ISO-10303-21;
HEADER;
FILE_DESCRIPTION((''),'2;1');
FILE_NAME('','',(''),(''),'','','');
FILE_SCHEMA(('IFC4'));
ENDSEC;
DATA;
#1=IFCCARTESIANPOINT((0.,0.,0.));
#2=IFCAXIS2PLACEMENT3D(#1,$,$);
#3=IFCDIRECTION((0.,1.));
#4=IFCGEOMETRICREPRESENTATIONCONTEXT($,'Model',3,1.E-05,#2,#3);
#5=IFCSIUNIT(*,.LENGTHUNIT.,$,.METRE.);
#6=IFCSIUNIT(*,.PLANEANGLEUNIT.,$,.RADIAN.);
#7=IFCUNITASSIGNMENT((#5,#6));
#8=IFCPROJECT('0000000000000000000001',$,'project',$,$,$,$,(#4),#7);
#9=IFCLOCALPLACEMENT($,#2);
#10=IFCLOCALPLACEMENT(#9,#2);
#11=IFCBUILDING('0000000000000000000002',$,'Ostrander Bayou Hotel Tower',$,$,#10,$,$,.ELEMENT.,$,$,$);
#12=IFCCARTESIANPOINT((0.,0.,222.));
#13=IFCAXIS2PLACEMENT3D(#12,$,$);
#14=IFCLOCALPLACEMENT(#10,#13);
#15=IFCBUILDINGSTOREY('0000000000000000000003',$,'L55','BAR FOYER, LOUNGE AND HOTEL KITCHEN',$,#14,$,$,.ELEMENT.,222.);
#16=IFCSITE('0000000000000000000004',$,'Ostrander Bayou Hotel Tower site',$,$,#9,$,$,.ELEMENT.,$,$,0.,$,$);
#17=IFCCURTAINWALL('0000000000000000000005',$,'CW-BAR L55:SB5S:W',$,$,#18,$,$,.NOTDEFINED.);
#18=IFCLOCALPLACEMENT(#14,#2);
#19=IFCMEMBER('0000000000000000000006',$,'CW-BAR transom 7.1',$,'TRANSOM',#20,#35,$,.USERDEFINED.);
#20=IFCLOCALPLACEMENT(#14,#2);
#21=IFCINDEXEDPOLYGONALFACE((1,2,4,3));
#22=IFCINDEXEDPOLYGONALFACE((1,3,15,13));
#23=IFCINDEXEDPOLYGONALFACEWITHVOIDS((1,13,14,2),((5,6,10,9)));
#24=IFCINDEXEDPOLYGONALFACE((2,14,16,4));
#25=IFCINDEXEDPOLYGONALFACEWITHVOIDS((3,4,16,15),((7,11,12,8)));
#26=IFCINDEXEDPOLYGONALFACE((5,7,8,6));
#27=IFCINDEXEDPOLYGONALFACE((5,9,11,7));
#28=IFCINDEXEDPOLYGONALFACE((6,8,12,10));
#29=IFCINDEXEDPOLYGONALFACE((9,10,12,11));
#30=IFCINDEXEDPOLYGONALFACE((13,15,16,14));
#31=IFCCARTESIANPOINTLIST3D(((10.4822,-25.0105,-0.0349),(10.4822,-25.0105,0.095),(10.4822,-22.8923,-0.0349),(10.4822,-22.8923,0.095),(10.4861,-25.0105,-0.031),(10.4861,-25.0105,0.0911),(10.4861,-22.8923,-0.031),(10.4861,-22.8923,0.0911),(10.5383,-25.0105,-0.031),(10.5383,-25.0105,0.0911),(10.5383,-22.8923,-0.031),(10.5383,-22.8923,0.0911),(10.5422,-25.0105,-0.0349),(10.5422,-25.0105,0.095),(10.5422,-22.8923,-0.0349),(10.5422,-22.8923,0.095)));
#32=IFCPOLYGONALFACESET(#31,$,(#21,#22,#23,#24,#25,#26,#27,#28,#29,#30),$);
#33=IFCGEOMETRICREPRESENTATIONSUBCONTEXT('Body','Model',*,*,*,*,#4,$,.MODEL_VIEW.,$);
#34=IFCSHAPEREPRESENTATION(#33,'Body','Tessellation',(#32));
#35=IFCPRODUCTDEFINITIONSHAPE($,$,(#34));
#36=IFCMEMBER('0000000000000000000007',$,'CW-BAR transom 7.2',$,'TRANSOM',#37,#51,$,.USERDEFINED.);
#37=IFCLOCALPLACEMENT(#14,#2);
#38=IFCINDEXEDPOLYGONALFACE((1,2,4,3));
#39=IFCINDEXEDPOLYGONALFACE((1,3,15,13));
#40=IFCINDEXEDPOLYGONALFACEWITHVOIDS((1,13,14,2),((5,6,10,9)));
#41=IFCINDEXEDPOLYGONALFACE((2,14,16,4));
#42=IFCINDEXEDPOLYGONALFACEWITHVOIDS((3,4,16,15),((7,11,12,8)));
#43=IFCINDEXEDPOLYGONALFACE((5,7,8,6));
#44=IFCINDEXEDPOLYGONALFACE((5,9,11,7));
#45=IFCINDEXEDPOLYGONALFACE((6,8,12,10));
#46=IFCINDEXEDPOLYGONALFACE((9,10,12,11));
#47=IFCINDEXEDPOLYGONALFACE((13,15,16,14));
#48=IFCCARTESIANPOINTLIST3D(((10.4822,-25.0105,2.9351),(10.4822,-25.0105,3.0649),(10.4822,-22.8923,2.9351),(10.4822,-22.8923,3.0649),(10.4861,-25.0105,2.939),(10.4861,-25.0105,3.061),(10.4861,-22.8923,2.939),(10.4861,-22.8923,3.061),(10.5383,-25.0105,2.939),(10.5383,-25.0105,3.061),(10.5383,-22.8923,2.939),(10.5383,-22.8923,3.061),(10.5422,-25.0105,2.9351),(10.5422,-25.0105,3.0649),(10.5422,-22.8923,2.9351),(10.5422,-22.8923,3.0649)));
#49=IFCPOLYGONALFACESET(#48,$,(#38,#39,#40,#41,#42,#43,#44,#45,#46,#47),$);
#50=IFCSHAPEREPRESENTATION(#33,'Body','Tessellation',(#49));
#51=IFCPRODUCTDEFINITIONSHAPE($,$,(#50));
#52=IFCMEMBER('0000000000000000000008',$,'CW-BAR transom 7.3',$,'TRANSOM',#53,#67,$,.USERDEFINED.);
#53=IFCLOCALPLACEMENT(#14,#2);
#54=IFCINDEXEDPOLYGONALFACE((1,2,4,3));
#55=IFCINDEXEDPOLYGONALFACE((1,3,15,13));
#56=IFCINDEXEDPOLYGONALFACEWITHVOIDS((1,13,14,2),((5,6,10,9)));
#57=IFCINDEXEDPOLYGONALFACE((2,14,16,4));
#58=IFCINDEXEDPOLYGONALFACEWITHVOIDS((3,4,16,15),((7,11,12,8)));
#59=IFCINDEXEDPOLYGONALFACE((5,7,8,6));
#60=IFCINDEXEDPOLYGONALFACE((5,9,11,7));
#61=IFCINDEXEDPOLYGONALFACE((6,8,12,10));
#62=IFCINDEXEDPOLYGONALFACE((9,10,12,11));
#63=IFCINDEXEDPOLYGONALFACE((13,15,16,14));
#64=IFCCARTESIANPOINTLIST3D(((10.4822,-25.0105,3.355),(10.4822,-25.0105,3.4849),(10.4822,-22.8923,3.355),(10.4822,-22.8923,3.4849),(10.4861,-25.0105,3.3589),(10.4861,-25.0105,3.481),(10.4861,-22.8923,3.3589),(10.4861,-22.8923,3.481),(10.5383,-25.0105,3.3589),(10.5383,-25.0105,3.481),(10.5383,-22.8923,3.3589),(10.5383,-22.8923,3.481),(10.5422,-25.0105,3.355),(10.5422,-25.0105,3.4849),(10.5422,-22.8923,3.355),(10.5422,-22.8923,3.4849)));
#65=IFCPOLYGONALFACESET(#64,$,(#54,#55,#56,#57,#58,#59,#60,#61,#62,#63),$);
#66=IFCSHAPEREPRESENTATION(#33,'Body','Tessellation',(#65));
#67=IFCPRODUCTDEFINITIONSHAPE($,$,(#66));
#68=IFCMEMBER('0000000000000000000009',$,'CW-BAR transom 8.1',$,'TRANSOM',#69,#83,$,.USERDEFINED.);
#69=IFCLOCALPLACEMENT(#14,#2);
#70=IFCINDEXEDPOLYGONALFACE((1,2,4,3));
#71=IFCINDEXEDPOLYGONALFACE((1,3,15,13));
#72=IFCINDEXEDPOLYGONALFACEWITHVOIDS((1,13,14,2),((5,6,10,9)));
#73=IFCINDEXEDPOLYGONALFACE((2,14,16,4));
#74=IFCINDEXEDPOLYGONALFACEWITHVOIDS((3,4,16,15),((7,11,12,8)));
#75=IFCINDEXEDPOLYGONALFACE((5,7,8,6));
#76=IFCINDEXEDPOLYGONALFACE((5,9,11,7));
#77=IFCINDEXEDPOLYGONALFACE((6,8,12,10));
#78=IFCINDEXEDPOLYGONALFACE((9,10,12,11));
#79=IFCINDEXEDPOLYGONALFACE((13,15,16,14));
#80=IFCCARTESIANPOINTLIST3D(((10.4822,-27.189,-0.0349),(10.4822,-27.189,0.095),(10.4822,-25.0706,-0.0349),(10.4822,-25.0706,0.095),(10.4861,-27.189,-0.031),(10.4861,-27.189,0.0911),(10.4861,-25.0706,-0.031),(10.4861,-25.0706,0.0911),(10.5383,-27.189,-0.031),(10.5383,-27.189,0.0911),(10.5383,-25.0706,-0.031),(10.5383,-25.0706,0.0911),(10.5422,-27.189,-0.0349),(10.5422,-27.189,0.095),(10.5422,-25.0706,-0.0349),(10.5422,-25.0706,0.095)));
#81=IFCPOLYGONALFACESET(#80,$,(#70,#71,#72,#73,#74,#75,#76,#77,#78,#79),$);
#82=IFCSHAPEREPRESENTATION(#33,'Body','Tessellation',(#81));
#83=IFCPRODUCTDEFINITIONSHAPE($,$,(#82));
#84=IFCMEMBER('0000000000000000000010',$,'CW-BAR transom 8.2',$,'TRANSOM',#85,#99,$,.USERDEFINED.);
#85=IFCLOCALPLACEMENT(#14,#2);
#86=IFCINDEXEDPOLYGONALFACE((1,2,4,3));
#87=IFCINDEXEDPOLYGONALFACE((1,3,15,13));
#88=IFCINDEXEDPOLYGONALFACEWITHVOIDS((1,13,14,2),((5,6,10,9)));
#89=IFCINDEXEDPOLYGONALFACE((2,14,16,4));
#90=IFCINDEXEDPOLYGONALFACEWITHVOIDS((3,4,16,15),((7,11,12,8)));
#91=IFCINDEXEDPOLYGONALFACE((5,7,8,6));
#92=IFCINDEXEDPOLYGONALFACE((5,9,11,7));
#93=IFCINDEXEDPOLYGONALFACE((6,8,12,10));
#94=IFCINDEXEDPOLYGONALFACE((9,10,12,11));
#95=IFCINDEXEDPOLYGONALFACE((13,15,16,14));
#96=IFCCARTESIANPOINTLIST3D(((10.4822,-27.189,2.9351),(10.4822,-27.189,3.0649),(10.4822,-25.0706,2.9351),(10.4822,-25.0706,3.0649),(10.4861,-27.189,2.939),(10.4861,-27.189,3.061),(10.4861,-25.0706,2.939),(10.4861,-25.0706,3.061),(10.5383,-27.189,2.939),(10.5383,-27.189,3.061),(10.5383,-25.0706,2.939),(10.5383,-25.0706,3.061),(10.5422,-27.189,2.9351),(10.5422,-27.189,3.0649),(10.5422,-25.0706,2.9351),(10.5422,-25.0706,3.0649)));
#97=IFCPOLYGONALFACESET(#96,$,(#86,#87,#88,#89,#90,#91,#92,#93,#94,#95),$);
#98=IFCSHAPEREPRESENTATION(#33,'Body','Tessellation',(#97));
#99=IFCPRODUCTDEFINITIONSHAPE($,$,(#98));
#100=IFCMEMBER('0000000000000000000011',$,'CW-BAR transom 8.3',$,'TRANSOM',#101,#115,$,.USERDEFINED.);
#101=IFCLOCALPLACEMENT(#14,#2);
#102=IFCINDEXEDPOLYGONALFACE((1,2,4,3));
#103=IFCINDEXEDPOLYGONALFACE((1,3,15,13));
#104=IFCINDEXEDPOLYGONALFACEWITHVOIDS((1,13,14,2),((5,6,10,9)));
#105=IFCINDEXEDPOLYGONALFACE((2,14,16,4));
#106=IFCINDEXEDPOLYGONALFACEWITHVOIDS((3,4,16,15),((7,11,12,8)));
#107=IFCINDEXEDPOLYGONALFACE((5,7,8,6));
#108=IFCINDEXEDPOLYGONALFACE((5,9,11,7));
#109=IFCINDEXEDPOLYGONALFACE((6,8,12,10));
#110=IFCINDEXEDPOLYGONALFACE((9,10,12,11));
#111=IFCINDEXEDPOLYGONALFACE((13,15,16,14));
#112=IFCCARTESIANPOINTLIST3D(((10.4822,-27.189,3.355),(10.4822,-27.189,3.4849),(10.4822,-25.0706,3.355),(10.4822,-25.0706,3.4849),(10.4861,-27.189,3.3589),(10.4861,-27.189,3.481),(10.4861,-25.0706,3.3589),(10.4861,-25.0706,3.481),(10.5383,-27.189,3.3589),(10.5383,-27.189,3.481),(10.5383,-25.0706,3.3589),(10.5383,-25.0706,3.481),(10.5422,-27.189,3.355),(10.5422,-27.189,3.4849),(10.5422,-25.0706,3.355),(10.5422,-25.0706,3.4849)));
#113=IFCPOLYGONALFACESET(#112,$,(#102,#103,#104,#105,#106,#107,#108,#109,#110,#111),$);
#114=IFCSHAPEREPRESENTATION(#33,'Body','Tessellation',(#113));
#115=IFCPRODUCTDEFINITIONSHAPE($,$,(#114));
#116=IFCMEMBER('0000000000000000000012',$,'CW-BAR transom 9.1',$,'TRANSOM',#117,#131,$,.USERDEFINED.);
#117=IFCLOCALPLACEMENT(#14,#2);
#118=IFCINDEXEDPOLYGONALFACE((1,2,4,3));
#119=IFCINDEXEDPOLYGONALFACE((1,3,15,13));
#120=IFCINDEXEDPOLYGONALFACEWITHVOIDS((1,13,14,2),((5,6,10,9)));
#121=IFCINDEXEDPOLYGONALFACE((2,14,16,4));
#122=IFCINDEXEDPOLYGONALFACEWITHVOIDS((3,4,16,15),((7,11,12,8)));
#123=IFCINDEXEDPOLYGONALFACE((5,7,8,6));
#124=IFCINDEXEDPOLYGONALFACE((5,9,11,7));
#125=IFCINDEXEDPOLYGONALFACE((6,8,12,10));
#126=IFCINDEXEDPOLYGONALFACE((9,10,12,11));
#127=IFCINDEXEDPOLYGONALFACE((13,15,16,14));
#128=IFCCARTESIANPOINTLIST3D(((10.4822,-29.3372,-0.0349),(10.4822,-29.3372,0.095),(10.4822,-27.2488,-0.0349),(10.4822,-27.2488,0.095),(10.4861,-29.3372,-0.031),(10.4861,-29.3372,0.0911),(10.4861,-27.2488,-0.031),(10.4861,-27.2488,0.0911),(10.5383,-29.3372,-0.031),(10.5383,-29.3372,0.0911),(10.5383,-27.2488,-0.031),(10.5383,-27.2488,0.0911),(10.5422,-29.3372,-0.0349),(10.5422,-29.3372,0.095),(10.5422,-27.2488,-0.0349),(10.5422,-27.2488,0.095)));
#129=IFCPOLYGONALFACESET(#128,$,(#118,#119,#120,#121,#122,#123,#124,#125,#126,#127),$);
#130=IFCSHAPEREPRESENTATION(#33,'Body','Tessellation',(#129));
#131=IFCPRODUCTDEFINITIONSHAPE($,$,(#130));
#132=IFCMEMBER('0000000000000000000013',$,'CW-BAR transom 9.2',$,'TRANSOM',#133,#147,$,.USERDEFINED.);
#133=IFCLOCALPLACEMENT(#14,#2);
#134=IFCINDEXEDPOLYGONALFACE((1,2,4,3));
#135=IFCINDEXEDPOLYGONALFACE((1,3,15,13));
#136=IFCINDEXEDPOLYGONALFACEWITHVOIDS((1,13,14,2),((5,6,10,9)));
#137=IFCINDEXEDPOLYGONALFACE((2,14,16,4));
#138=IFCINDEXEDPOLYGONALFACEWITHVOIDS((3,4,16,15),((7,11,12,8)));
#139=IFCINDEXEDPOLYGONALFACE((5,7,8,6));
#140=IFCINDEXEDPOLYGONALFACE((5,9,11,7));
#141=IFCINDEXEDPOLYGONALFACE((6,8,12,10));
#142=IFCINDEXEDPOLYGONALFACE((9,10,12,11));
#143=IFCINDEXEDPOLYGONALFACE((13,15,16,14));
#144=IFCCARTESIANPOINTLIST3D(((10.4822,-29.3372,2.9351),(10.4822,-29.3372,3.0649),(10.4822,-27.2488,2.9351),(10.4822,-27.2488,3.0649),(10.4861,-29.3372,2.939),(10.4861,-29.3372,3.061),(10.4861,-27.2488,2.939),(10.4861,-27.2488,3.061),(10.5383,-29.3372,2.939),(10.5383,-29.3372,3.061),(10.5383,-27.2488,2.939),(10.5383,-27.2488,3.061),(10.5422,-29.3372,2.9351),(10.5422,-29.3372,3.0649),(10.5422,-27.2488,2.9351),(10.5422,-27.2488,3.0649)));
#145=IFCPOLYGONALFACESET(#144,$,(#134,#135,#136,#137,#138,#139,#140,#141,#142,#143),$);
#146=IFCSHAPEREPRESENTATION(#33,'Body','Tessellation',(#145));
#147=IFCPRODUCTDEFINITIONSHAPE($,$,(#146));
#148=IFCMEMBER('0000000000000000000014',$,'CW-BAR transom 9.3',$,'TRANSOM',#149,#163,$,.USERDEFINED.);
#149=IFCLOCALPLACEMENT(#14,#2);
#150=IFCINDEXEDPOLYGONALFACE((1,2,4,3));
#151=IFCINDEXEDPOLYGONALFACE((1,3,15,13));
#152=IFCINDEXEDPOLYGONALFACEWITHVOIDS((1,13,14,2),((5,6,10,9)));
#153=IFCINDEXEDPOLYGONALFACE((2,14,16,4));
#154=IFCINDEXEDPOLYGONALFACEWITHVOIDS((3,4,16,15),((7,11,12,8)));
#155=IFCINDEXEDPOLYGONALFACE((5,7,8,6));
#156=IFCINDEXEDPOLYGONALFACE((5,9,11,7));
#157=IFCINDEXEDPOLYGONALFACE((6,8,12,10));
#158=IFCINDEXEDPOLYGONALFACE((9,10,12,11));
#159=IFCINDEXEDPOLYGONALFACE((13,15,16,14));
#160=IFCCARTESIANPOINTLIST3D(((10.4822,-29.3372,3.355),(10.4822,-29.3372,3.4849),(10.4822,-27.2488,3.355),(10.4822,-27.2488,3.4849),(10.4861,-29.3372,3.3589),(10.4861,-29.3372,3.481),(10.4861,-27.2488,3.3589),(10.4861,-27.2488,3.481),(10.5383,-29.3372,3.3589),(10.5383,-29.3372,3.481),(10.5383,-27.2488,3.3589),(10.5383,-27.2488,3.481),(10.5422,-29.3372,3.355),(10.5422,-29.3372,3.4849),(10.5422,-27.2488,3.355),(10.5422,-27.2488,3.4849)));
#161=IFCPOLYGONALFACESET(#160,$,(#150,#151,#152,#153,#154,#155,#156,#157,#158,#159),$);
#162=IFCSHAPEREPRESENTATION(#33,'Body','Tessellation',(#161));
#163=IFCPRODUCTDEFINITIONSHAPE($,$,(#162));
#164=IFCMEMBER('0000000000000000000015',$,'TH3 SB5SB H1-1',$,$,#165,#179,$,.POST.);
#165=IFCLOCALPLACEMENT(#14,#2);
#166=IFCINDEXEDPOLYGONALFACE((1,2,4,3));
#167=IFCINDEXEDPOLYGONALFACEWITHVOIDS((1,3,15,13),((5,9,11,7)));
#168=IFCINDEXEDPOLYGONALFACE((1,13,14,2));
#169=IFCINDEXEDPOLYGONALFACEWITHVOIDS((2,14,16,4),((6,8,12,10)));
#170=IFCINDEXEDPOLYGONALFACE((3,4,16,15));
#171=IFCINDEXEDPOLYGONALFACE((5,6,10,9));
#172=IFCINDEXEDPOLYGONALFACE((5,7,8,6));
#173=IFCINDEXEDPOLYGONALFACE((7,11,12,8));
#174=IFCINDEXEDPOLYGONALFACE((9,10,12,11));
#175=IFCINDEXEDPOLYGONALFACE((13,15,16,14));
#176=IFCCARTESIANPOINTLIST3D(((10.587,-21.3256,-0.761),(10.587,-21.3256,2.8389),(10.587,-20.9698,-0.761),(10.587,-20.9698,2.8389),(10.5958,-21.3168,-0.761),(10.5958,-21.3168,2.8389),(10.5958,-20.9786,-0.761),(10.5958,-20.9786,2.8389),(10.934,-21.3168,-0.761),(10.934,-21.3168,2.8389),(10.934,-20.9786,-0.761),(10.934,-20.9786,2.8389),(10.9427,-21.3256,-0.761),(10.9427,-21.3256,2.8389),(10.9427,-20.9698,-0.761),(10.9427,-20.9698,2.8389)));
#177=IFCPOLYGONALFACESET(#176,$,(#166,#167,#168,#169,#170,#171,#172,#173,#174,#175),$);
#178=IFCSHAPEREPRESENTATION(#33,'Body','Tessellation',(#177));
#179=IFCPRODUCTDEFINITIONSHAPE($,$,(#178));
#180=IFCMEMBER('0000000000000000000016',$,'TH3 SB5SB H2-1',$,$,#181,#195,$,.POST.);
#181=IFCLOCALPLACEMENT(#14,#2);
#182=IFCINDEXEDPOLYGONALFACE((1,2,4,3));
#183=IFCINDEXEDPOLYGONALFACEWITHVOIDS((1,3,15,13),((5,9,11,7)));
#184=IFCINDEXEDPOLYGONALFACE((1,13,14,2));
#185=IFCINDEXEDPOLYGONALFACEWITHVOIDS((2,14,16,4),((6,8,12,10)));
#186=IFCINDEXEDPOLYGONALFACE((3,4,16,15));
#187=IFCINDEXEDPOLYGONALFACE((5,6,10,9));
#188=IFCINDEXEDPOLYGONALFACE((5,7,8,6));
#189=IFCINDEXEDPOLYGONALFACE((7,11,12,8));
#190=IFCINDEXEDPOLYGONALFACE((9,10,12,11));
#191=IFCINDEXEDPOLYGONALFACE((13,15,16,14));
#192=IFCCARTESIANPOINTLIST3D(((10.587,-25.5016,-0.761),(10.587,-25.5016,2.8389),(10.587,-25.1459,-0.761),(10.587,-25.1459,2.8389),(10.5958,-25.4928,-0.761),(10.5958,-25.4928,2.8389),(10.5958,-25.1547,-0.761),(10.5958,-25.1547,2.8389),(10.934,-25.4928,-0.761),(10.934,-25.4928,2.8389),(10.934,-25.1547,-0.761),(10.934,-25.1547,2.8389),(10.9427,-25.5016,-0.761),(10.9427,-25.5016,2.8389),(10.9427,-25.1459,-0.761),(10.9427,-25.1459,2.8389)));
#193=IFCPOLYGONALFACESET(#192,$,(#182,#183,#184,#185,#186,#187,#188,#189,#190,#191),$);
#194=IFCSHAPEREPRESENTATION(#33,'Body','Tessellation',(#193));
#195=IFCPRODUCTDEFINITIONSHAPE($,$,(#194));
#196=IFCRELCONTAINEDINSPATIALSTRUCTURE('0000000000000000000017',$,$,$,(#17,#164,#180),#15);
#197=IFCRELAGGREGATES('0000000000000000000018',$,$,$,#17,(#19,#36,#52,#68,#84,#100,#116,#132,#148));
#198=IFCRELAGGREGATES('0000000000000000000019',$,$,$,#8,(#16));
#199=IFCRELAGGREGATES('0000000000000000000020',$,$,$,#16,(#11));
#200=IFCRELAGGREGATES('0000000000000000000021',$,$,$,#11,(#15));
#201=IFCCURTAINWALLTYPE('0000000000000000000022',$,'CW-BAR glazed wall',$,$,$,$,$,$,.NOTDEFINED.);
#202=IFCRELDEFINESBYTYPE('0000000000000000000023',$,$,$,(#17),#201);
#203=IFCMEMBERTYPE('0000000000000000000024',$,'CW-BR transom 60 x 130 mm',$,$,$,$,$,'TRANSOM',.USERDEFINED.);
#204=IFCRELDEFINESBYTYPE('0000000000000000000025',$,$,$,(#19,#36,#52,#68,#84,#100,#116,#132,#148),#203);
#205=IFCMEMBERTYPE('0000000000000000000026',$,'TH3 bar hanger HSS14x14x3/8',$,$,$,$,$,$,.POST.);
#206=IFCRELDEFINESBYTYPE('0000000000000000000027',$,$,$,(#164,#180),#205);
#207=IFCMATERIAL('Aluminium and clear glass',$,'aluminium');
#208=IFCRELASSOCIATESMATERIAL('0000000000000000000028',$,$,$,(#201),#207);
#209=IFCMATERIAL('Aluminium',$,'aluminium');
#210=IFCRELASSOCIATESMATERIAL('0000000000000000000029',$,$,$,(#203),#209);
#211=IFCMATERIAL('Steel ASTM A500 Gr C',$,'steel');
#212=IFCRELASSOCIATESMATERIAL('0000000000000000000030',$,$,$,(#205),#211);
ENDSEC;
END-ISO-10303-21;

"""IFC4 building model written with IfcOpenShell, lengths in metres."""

from ifc_helpers import new_model, si_unit, direction, frame, origin, origin_2d, place, context, subcontext, project, spatial, hollow_rectangle, extrude, material, material_profile, profile_set, type_object, element, aggregate, save


model = new_model("IFC4")

# Units and contexts
model_context = context("Model", 3, precision=1e-05, world=origin(), true_north=direction((0.0, 1.0)))
body_context = subcontext(model_context, "Body", "Model", "MODEL_VIEW")
ifc_project = project(units=[si_unit("LENGTHUNIT", "METRE"), si_unit("PLANEANGLEUNIT", "RADIAN")], contexts=[model_context])

# Site, building, storey
site_placement = place(None, origin())
site = spatial("IfcSite", under=ifc_project, at=site_placement, Name="Ostrander Bayou Hotel Tower site", CompositionType="ELEMENT", RefElevation=0.0)
building_placement = place(site_placement, origin())
building = spatial("IfcBuilding", under=site, at=building_placement, Name="Ostrander Bayou Hotel Tower", CompositionType="ELEMENT")
storey_placement = place(building_placement, frame((0.0, 0.0, 222.0)))
storey = spatial("IfcBuildingStorey", under=building, at=storey_placement, Name="L55", Description="BAR FOYER, LOUNGE AND HOTEL KITCHEN", CompositionType="ELEMENT", Elevation=222.0)

# Curtain wall, members
ifc_material_1 = material(Name="Aluminium and clear glass", Category="aluminium")
curtain_wall_type = type_object("IfcCurtainWallType", Name="CW-BAR glazed wall", PredefinedType="NOTDEFINED", material=ifc_material_1)
curtain_wall_placement = place(storey_placement, origin())
curtain_wall = element("IfcCurtainWall", 1, at=curtain_wall_placement, inside=storey, type_object=curtain_wall_type, Name="CW-BAR L55:SB5S:W", PredefinedType="NOTDEFINED")
ifc_material_2 = material(Name="Aluminium", Category="aluminium")
ifc_material_profile_1 = material_profile(ifc_material_2, hollow_rectangle(XDim=0.0601, YDim=0.1299, WallThickness=0.0039, at=origin_2d()))
ifc_profile_set_1 = profile_set([ifc_material_profile_1], Name="Aluminium")
member_type_1 = type_object("IfcMemberType", Name="CW-BR transom 60 x 130 mm", ElementType="TRANSOM", PredefinedType="USERDEFINED", material=ifc_profile_set_1)
member_1_placement = place(storey_placement, frame((10.5122, -22.8923, 0.03), z_axis=(0.0, -1.0, 0.0), x_axis=(1.0, 0.0, 0.0)))
member_1 = element("IfcMember", 2, at=member_1_placement, type_object=member_type_1, Name="CW-BAR transom 7.1", ObjectType="TRANSOM", PredefinedType="USERDEFINED", context=body_context, shape_type="SweptSolid", body=[
    extrude(hollow_rectangle(XDim=0.0601, YDim=0.1299, WallThickness=0.0039, at=origin_2d()), origin(), (0.0, 0.0, 1.0), 2.1182),
])
member_2_placement = place(storey_placement, frame((10.5122, -22.8923, 3.0), z_axis=(0.0, -1.0, 0.0), x_axis=(1.0, 0.0, 0.0)))
member_2 = element("IfcMember", 3, at=member_2_placement, type_object=member_type_1, Name="CW-BAR transom 7.2", ObjectType="TRANSOM", PredefinedType="USERDEFINED", context=body_context, shape_type="SweptSolid", body=[
    extrude(hollow_rectangle(XDim=0.0601, YDim=0.1299, WallThickness=0.0039, at=origin_2d()), origin(), (0.0, 0.0, 1.0), 2.1182),
])
member_3_placement = place(storey_placement, frame((10.5122, -22.8923, 3.4199), z_axis=(0.0, -1.0, 0.0), x_axis=(1.0, 0.0, 0.0)))
member_3 = element("IfcMember", 4, at=member_3_placement, type_object=member_type_1, Name="CW-BAR transom 7.3", ObjectType="TRANSOM", PredefinedType="USERDEFINED", context=body_context, shape_type="SweptSolid", body=[
    extrude(hollow_rectangle(XDim=0.0601, YDim=0.1299, WallThickness=0.0039, at=origin_2d()), origin(), (0.0, 0.0, 1.0), 2.1182),
])
member_4_placement = place(storey_placement, frame((10.5122, -25.0706, 0.03), z_axis=(0.0, -1.0, 0.0), x_axis=(1.0, 0.0, 0.0)))
member_4 = element("IfcMember", 5, at=member_4_placement, type_object=member_type_1, Name="CW-BAR transom 8.1", ObjectType="TRANSOM", PredefinedType="USERDEFINED", context=body_context, shape_type="SweptSolid", body=[
    extrude(hollow_rectangle(XDim=0.0601, YDim=0.1299, WallThickness=0.0039, at=origin_2d()), origin(), (0.0, 0.0, 1.0), 2.1184),
])
member_5_placement = place(storey_placement, frame((10.5122, -25.0706, 3.0), z_axis=(0.0, -1.0, 0.0), x_axis=(1.0, 0.0, 0.0)))
member_5 = element("IfcMember", 6, at=member_5_placement, type_object=member_type_1, Name="CW-BAR transom 8.2", ObjectType="TRANSOM", PredefinedType="USERDEFINED", context=body_context, shape_type="SweptSolid", body=[
    extrude(hollow_rectangle(XDim=0.0601, YDim=0.1299, WallThickness=0.0039, at=origin_2d()), origin(), (0.0, 0.0, 1.0), 2.1184),
])
member_6_placement = place(storey_placement, frame((10.5122, -25.0706, 3.4199), z_axis=(0.0, -1.0, 0.0), x_axis=(1.0, 0.0, 0.0)))
member_6 = element("IfcMember", 7, at=member_6_placement, type_object=member_type_1, Name="CW-BAR transom 8.3", ObjectType="TRANSOM", PredefinedType="USERDEFINED", context=body_context, shape_type="SweptSolid", body=[
    extrude(hollow_rectangle(XDim=0.0601, YDim=0.1299, WallThickness=0.0039, at=origin_2d()), origin(), (0.0, 0.0, 1.0), 2.1184),
])
member_7_placement = place(storey_placement, frame((10.5122, -27.2488, 0.03), z_axis=(0.0, -1.0, 0.0), x_axis=(1.0, 0.0, 0.0)))
member_7 = element("IfcMember", 8, at=member_7_placement, type_object=member_type_1, Name="CW-BAR transom 9.1", ObjectType="TRANSOM", PredefinedType="USERDEFINED", context=body_context, shape_type="SweptSolid", body=[
    extrude(hollow_rectangle(XDim=0.0601, YDim=0.1299, WallThickness=0.0039, at=origin_2d()), origin(), (0.0, 0.0, 1.0), 2.0884),
])
member_8_placement = place(storey_placement, frame((10.5122, -27.2488, 3.0), z_axis=(0.0, -1.0, 0.0), x_axis=(1.0, 0.0, 0.0)))
member_8 = element("IfcMember", 9, at=member_8_placement, type_object=member_type_1, Name="CW-BAR transom 9.2", ObjectType="TRANSOM", PredefinedType="USERDEFINED", context=body_context, shape_type="SweptSolid", body=[
    extrude(hollow_rectangle(XDim=0.0601, YDim=0.1299, WallThickness=0.0039, at=origin_2d()), origin(), (0.0, 0.0, 1.0), 2.0884),
])
member_9_placement = place(storey_placement, frame((10.5122, -27.2488, 3.4199), z_axis=(0.0, -1.0, 0.0), x_axis=(1.0, 0.0, 0.0)))
member_9 = element("IfcMember", 10, at=member_9_placement, type_object=member_type_1, Name="CW-BAR transom 9.3", ObjectType="TRANSOM", PredefinedType="USERDEFINED", context=body_context, shape_type="SweptSolid", body=[
    extrude(hollow_rectangle(XDim=0.0601, YDim=0.1299, WallThickness=0.0039, at=origin_2d()), origin(), (0.0, 0.0, 1.0), 2.0884),
])

# Members
ifc_material_3 = material(Name="Steel ASTM A500 Gr C", Category="steel")
ifc_material_profile_2 = material_profile(ifc_material_3, hollow_rectangle(XDim=0.3557, YDim=0.3557, WallThickness=0.0088, at=origin_2d()))
ifc_profile_set_2 = profile_set([ifc_material_profile_2], Name="Steel ASTM A500 Gr C")
member_type_2 = type_object("IfcMemberType", Name="TH3 bar hanger HSS14x14x3/8", PredefinedType="POST", material=ifc_profile_set_2)
for number, where, z_axis, x_axis, name in (
    (11, (10.7649, -21.1477, -0.761), (0.0, 0.0, 1.0), (1.0, 0.0, 0.0), "TH3 SB5SB H1-1"),
    (12, (10.7649, -25.3237, -0.761), (0.0, 0.0, 1.0), (1.0, 0.0, 0.0), "TH3 SB5SB H2-1"),
):
    element("IfcMember", number, at=place(storey_placement, frame(where, z_axis=z_axis, x_axis=x_axis)), inside=storey, type_object=member_type_2, Name=name, PredefinedType="POST", context=body_context, shape_type="SweptSolid", body=[
        extrude(hollow_rectangle(XDim=0.3557, YDim=0.3557, WallThickness=0.0088, at=origin_2d()), origin(), (0.0, 0.0, 1.0), 3.5999),
    ])

aggregate(curtain_wall, [member_1, member_2, member_3, member_4, member_5, member_6, member_7, member_8, member_9])

save(model, "model.ifc")
